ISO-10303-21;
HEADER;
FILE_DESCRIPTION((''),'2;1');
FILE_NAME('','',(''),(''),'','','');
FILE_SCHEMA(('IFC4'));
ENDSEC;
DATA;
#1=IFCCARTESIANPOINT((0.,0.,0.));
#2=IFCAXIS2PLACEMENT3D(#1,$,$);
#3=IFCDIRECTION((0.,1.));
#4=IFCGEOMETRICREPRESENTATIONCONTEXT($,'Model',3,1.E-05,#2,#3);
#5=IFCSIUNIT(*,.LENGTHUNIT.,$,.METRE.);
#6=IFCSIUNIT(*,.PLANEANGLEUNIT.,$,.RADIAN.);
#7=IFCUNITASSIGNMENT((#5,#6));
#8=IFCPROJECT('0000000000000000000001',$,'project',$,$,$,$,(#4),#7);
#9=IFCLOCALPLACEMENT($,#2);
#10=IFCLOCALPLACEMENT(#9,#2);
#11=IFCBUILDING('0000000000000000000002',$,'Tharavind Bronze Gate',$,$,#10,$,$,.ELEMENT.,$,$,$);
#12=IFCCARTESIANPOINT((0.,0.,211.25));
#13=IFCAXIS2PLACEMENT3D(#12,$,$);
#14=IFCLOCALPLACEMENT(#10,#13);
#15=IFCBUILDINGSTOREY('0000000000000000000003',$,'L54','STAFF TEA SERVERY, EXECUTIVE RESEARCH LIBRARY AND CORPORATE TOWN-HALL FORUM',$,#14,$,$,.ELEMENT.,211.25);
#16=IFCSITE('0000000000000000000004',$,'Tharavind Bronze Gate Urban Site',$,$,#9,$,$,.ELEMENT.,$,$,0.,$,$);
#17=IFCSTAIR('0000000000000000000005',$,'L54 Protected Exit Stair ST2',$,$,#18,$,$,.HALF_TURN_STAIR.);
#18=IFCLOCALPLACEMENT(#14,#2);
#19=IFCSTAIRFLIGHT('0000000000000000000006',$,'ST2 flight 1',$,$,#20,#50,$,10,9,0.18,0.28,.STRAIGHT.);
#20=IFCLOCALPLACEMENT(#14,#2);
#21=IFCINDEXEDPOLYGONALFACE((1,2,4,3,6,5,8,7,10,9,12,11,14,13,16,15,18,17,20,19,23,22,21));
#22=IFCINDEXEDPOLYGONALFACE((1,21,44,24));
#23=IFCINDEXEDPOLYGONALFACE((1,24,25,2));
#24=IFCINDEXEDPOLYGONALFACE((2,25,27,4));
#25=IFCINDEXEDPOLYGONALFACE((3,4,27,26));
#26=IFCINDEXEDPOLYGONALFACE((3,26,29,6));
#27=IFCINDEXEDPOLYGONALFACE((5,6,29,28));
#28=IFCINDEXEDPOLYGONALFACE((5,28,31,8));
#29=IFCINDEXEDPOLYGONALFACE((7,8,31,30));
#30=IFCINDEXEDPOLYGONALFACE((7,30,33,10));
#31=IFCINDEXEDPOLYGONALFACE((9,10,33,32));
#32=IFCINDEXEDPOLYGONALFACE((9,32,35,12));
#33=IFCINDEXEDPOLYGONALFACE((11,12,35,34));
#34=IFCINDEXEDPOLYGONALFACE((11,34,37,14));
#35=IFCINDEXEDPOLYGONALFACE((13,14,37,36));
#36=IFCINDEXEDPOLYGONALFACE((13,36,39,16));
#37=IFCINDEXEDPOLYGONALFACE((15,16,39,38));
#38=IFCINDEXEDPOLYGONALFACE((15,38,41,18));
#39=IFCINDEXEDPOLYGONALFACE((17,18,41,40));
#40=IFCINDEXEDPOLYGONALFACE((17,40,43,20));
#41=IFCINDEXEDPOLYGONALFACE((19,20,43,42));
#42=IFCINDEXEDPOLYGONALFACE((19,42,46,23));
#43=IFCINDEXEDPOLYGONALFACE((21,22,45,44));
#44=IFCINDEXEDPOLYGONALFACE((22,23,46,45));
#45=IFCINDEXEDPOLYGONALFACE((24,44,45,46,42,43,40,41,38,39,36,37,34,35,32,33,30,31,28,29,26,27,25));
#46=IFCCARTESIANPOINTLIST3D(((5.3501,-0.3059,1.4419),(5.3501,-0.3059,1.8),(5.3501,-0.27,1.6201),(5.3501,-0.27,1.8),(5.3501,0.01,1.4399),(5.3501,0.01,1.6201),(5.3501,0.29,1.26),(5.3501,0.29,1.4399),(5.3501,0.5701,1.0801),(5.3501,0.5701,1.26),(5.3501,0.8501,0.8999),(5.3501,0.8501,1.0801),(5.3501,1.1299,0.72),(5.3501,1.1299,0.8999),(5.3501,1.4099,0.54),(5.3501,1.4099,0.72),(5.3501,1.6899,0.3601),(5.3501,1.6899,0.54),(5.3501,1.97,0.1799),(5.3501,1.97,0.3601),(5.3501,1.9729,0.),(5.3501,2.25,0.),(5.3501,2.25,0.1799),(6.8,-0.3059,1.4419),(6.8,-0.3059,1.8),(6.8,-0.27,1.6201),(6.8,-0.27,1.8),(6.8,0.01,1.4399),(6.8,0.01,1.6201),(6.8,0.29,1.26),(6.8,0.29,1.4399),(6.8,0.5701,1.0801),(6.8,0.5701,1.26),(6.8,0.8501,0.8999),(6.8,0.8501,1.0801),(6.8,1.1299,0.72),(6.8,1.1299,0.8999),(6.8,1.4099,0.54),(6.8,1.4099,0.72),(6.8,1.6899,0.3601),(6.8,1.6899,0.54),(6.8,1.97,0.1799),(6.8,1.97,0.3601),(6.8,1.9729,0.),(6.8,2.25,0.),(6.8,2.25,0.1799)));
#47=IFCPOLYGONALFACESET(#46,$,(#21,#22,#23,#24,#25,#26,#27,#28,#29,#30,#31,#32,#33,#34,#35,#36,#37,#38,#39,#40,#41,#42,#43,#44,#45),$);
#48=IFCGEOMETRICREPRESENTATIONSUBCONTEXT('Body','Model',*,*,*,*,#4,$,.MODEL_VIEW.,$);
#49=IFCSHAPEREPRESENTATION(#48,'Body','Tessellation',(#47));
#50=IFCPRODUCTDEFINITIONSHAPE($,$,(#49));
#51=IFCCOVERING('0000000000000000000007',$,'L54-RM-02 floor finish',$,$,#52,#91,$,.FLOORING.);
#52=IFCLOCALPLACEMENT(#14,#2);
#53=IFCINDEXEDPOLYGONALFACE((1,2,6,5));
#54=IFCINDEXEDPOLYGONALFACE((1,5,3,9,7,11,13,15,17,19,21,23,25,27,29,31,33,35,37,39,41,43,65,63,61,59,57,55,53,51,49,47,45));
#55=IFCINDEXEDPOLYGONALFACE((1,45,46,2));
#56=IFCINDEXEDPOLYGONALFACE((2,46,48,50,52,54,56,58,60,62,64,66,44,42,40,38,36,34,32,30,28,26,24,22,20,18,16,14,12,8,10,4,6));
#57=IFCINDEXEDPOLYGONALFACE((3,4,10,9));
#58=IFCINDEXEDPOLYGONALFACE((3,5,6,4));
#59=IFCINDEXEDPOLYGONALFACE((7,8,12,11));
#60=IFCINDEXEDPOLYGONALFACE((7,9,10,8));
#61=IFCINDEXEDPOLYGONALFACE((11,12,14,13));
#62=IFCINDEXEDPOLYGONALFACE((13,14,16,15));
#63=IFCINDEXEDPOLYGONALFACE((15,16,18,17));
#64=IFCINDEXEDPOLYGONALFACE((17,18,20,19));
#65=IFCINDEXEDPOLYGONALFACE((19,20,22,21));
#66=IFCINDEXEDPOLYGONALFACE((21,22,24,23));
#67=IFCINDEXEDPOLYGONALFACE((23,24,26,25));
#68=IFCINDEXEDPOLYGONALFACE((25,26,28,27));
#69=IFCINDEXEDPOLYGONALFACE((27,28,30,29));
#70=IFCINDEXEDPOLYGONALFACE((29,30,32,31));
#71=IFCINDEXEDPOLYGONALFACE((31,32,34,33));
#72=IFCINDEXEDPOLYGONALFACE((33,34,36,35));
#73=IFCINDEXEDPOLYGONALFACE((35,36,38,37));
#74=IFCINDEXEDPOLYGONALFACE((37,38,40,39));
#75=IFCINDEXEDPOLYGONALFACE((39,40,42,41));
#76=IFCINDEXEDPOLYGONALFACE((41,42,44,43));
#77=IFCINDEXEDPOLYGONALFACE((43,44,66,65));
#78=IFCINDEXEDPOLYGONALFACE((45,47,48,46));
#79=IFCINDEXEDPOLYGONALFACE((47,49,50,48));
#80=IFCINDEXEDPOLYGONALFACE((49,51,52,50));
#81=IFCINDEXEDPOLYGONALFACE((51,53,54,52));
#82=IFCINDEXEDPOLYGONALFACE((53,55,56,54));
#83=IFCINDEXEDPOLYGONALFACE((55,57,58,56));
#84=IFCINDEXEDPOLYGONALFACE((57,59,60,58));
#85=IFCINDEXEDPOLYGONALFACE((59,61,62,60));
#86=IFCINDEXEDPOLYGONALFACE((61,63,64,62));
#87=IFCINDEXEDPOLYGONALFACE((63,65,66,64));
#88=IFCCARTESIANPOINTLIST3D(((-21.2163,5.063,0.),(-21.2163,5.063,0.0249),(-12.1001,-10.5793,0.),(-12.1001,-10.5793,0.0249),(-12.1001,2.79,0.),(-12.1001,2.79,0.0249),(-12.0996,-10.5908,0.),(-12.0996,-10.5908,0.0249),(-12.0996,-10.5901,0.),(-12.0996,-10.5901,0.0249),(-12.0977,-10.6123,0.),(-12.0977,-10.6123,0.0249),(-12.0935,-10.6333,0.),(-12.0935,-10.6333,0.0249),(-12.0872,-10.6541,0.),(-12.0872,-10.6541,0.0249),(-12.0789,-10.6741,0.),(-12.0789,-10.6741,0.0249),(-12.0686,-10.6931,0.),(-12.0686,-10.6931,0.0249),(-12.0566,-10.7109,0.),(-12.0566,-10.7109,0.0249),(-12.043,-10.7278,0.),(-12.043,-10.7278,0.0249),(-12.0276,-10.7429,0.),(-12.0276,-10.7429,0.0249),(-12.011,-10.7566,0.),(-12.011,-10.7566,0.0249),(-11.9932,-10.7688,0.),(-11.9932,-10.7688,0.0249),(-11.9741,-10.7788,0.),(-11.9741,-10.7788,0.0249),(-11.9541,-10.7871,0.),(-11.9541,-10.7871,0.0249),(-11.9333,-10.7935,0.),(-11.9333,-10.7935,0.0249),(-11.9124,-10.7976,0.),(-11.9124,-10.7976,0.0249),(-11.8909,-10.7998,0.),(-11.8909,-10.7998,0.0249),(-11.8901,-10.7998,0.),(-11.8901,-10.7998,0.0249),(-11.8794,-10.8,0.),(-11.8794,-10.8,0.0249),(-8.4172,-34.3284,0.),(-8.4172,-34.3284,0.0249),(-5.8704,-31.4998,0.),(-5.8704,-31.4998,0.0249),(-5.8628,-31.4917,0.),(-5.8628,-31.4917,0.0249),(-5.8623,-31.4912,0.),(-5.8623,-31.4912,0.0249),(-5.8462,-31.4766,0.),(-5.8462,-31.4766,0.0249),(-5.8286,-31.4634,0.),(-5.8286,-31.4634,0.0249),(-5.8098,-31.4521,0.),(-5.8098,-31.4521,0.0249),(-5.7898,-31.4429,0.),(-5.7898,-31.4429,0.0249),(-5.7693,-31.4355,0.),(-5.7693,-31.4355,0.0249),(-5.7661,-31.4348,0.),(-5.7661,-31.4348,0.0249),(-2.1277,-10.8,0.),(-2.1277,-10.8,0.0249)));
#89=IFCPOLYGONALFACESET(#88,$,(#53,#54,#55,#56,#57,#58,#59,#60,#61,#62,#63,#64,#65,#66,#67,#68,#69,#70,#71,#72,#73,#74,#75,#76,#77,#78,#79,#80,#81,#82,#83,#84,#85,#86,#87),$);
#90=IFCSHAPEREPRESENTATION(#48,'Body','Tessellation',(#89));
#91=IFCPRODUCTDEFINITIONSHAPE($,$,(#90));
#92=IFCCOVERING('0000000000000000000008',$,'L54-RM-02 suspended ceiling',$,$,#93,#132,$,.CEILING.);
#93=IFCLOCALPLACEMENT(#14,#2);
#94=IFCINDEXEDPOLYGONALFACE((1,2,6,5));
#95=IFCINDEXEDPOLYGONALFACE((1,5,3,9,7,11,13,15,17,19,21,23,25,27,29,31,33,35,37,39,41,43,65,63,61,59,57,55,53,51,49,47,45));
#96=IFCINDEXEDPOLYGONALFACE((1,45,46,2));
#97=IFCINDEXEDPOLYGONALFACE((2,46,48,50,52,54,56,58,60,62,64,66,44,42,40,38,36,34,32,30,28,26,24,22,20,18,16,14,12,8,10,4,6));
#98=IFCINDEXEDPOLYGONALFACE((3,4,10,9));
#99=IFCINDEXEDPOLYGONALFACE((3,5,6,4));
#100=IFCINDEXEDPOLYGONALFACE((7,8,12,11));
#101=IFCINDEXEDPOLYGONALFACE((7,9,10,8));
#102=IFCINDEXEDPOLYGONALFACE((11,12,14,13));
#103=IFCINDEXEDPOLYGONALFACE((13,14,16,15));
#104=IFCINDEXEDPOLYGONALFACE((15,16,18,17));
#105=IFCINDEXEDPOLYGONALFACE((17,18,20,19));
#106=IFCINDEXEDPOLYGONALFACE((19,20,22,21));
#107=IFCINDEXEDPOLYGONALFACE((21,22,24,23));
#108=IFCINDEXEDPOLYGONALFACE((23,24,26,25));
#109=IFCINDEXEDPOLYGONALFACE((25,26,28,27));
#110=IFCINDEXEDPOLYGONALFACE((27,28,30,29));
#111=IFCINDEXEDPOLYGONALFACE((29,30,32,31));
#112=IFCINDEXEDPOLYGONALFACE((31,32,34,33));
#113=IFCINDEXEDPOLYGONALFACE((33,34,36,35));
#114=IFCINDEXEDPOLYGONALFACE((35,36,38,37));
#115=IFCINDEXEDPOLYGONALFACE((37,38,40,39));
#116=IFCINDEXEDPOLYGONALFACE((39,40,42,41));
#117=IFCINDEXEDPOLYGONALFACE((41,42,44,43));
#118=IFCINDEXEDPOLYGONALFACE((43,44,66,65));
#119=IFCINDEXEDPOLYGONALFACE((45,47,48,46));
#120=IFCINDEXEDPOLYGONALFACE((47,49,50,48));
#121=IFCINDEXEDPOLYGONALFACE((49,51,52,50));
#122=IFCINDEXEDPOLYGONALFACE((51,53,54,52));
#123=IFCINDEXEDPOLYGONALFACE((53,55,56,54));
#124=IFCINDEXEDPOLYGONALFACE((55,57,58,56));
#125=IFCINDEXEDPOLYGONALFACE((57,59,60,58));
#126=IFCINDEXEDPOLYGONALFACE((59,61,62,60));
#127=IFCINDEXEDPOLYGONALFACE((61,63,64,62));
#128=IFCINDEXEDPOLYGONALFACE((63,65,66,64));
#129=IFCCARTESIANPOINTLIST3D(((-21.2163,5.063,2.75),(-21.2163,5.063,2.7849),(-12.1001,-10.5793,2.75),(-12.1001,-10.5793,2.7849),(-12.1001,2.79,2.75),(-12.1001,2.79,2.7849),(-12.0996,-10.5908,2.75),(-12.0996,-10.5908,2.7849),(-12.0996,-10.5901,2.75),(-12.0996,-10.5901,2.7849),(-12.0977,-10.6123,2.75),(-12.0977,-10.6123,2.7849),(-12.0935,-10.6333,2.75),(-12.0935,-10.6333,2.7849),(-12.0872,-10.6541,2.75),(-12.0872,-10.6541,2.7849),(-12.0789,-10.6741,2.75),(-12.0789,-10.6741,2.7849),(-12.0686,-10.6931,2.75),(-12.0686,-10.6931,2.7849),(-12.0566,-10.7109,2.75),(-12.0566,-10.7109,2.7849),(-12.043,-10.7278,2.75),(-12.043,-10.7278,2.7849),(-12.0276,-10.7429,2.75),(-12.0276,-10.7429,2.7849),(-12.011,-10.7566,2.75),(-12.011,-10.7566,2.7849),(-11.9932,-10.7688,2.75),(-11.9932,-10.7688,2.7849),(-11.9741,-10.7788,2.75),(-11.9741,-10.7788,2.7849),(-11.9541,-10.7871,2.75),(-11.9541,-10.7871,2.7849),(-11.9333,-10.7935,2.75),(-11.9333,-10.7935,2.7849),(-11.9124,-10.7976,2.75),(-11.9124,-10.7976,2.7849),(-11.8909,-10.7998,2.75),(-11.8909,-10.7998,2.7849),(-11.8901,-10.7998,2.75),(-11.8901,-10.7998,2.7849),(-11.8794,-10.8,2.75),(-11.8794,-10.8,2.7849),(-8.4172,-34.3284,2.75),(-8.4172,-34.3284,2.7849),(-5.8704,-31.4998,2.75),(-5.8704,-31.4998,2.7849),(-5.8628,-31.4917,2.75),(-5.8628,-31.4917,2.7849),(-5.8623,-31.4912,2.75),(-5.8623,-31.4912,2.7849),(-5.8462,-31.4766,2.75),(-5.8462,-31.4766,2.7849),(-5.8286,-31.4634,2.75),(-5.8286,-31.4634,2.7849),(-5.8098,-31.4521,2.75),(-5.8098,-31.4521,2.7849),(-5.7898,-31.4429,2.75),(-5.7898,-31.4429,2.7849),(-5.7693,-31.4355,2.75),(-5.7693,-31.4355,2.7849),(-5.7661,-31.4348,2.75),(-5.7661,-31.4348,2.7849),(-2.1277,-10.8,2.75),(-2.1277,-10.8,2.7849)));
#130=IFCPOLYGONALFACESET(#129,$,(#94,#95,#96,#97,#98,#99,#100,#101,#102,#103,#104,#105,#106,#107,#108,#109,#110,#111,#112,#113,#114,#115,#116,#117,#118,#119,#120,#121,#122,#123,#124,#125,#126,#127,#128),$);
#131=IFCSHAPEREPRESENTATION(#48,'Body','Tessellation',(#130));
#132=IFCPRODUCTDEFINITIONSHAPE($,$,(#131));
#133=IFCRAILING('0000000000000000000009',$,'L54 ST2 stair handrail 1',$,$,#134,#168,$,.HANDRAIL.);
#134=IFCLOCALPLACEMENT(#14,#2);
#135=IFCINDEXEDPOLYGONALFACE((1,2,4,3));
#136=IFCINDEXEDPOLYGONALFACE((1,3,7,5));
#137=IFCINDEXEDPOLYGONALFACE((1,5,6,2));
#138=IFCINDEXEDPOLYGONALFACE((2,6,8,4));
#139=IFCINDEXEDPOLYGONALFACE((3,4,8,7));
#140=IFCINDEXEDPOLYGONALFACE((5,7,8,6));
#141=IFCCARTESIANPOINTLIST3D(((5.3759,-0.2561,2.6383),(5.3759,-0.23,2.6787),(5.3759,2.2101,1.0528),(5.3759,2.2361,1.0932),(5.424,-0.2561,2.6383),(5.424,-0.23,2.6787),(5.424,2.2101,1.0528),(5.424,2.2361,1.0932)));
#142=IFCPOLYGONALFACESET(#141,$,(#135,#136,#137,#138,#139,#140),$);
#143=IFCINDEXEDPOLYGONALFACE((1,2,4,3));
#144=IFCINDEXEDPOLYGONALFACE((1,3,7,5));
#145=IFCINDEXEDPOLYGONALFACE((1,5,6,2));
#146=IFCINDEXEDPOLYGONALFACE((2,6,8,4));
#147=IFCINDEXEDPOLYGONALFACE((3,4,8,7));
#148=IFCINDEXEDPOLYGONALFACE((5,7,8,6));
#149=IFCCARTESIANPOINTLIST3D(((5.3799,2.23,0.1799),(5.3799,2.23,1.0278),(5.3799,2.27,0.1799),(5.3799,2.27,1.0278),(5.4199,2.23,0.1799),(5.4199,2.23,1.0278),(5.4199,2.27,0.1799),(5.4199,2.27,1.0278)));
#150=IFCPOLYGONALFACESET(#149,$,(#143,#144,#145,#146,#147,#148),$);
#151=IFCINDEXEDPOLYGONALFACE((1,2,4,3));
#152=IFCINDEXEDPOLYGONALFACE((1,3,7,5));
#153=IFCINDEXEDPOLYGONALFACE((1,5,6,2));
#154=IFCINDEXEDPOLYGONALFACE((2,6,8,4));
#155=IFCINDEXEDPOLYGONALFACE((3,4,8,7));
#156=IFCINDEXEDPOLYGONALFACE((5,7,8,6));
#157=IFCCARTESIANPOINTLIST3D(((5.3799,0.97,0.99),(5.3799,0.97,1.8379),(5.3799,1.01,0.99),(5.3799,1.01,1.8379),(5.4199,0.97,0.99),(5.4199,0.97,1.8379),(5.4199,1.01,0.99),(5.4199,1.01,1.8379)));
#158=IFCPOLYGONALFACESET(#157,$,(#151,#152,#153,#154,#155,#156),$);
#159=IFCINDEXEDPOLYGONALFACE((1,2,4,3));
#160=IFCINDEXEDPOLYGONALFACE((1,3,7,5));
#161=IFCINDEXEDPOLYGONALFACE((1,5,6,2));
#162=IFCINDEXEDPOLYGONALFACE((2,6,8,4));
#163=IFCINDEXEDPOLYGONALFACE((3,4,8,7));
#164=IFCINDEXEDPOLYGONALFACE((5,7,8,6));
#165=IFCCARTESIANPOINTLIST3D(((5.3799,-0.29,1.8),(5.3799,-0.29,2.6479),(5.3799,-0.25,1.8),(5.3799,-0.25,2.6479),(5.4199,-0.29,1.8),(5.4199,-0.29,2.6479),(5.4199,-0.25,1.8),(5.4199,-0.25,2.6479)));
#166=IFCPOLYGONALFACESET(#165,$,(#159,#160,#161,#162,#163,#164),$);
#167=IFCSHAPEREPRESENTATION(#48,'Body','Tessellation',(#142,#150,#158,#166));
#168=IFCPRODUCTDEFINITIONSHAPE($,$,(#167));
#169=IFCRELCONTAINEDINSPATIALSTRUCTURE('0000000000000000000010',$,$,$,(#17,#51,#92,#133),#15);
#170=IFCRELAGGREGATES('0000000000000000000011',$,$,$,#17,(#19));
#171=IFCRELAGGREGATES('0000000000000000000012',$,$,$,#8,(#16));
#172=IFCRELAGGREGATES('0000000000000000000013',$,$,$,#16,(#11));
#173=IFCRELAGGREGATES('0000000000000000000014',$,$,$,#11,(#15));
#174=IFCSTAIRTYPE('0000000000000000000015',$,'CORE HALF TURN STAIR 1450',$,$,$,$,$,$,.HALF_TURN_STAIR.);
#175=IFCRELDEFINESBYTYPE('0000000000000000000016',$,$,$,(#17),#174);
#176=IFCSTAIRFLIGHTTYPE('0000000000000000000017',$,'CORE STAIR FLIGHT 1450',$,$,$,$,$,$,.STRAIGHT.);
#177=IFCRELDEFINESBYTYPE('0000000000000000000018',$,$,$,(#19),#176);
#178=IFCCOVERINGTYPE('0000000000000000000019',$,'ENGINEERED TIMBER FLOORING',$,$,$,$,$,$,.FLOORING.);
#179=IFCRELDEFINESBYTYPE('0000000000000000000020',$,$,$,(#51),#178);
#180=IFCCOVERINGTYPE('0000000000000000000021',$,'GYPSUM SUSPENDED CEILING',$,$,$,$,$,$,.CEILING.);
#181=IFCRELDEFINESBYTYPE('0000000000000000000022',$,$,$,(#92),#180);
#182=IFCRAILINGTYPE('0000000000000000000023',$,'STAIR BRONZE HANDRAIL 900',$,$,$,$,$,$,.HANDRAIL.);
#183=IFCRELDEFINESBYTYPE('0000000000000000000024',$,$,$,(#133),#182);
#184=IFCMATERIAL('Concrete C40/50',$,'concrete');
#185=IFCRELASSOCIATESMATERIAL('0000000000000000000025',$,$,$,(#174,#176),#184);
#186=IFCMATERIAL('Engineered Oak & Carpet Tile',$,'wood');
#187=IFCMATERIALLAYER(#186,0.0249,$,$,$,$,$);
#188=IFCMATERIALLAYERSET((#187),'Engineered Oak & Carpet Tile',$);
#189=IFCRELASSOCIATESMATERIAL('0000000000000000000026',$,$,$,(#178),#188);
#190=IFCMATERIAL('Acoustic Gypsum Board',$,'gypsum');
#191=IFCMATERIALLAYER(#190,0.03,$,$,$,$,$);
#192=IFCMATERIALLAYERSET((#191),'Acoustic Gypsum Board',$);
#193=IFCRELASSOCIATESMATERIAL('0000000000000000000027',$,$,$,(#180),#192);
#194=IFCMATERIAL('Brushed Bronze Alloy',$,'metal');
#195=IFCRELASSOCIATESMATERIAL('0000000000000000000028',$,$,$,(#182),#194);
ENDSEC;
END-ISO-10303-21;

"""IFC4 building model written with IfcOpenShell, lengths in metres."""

from ifc_helpers import new_model, si_unit, direction, frame, origin, origin_2d, place, context, subcontext, project, spatial, polyline, rectangle, outline, extrude, material, layer, layer_set, type_object, element, aggregate, save


model = new_model("IFC4")

# Units and contexts
model_context = context("Model", 3, precision=1e-05, world=origin(), true_north=direction((0.0, 1.0)))
body_context = subcontext(model_context, "Body", "Model", "MODEL_VIEW")
ifc_project = project(units=[si_unit("LENGTHUNIT", "METRE"), si_unit("PLANEANGLEUNIT", "RADIAN")], contexts=[model_context])

# Site, building, storey
site_placement = place(None, origin())
site = spatial("IfcSite", under=ifc_project, at=site_placement, Name="Tharavind Bronze Gate Urban Site", CompositionType="ELEMENT", RefElevation=0.0)
building_placement = place(site_placement, origin())
building = spatial("IfcBuilding", under=site, at=building_placement, Name="Tharavind Bronze Gate", CompositionType="ELEMENT")
storey_placement = place(building_placement, frame((0.0, 0.0, 211.25)))
storey = spatial("IfcBuildingStorey", under=building, at=storey_placement, Name="L54", Description="STAFF TEA SERVERY, EXECUTIVE RESEARCH LIBRARY AND CORPORATE TOWN-HALL FORUM", CompositionType="ELEMENT", Elevation=211.25)

# Shared definitions
ifc_material_1 = material(Name="Concrete C40/50", Category="concrete")

# Stair, stair flight
stair_type = type_object("IfcStairType", Name="CORE HALF TURN STAIR 1450", PredefinedType="HALF_TURN_STAIR", material=ifc_material_1)
stair_placement = place(storey_placement, origin())
stair = element("IfcStair", 1, at=stair_placement, inside=storey, type_object=stair_type, Name="L54 Protected Exit Stair ST2", PredefinedType="HALF_TURN_STAIR")
stair_flight_type = type_object("IfcStairFlightType", Name="CORE STAIR FLIGHT 1450", PredefinedType="STRAIGHT", material=ifc_material_1)
stair_flight_placement = place(storey_placement, frame((6.075, 2.25, 0.0), z_axis=(0.0, 0.0, 1.0), x_axis=(0.0, -1.0, 0.0)))
stair_flight = element("IfcStairFlight", 2, at=stair_flight_placement, type_object=stair_flight_type, Name="ST2 flight 1", NumberOfRisers=10, NumberOfTreads=9, PredefinedType="STRAIGHT", RiserHeight=0.18, TreadLength=0.28, context=body_context, shape_type="SweptSolid", body=[
    extrude(outline(polyline([(0.0, 0.0), (0.0, 0.1799), (0.28, 0.1799), (0.28, 0.3601), (0.5601, 0.3601), (0.5601, 0.54), (0.8401, 0.54), (0.8401, 0.72), (1.1201, 0.72), (1.1201, 0.8999), (1.3999, 0.8999), (1.3999, 1.0801), (1.6799, 1.0801), (1.6799, 1.26), (1.96, 1.26), (1.96, 1.4399), (2.24, 1.4399), (2.24, 1.6201), (2.52, 1.6201), (2.52, 1.8), (2.5559, 1.8), (2.5559, 1.4419), (0.2771, 0.0), (0.0, 0.0)])), frame((0.0, 0.7251, 0.0), z_axis=(0.0, -1.0, 0.0), x_axis=(1.0, 0.0, 0.0)), (0.0, 0.0, 1.0), 1.45),
])
aggregate(stair, [stair_flight])

# Coverings
ifc_material_2 = material(Name="Engineered Oak & Carpet Tile", Category="wood")
ifc_layer_1 = layer(ifc_material_2, 0.0249)
ifc_layer_set_1 = layer_set([ifc_layer_1], Name="Engineered Oak & Carpet Tile")
covering_type_1 = type_object("IfcCoveringType", Name="ENGINEERED TIMBER FLOORING", PredefinedType="FLOORING", material=ifc_layer_set_1)
covering_1_placement = place(storey_placement, origin())
element("IfcCovering", 3, at=covering_1_placement, inside=storey, type_object=covering_type_1, Name="L54-RM-02 floor finish", PredefinedType="FLOORING", context=body_context, shape_type="SweptSolid", body=[
    extrude(outline(polyline([(-8.4172, -34.3284), (-5.8704, -31.4998), (-5.8628, -31.4917), (-5.8623, -31.4912), (-5.8462, -31.4766), (-5.8286, -31.4634), (-5.8098, -31.4521), (-5.7898, -31.4429), (-5.7693, -31.4355), (-5.7661, -31.4348), (-2.1277, -10.8), (-11.8794, -10.8), (-11.8901, -10.7998), (-11.8909, -10.7998), (-11.9124, -10.7976), (-11.9333, -10.7935), (-11.9541, -10.7871), (-11.9741, -10.7788), (-11.9932, -10.7688), (-12.011, -10.7566), (-12.0276, -10.7429), (-12.043, -10.7278), (-12.0566, -10.7109), (-12.0686, -10.6931), (-12.0789, -10.6741), (-12.0872, -10.6541), (-12.0935, -10.6333), (-12.0977, -10.6123), (-12.0996, -10.5908), (-12.0996, -10.5901), (-12.1001, -10.5793), (-12.1001, 2.79), (-21.2163, 5.063), (-8.4172, -34.3284)])), origin(), (0.0, 0.0, 1.0), 0.0249),
])
ifc_material_3 = material(Name="Acoustic Gypsum Board", Category="gypsum")
ifc_layer_2 = layer(ifc_material_3, 0.03)
ifc_layer_set_2 = layer_set([ifc_layer_2], Name="Acoustic Gypsum Board")
covering_type_2 = type_object("IfcCoveringType", Name="GYPSUM SUSPENDED CEILING", PredefinedType="CEILING", material=ifc_layer_set_2)
covering_2_placement = place(storey_placement, frame((0.0, 0.0, 2.75)))
element("IfcCovering", 4, at=covering_2_placement, inside=storey, type_object=covering_type_2, Name="L54-RM-02 suspended ceiling", PredefinedType="CEILING", context=body_context, shape_type="SweptSolid", body=[
    extrude(outline(polyline([(-8.4172, -34.3284), (-5.8704, -31.4998), (-5.8628, -31.4917), (-5.8623, -31.4912), (-5.8462, -31.4766), (-5.8286, -31.4634), (-5.8098, -31.4521), (-5.7898, -31.4429), (-5.7693, -31.4355), (-5.7661, -31.4348), (-2.1277, -10.8), (-11.8794, -10.8), (-11.8901, -10.7998), (-11.8909, -10.7998), (-11.9124, -10.7976), (-11.9333, -10.7935), (-11.9541, -10.7871), (-11.9741, -10.7788), (-11.9932, -10.7688), (-12.011, -10.7566), (-12.0276, -10.7429), (-12.043, -10.7278), (-12.0566, -10.7109), (-12.0686, -10.6931), (-12.0789, -10.6741), (-12.0872, -10.6541), (-12.0935, -10.6333), (-12.0977, -10.6123), (-12.0996, -10.5908), (-12.0996, -10.5901), (-12.1001, -10.5793), (-12.1001, 2.79), (-21.2163, 5.063), (-8.4172, -34.3284)])), origin(), (0.0, 0.0, 1.0), 0.0349),
])

# Railing
ifc_material_4 = material(Name="Brushed Bronze Alloy", Category="metal")
railing_type_1 = type_object("IfcRailingType", Name="STAIR BRONZE HANDRAIL 900", PredefinedType="HANDRAIL", material=ifc_material_4)
railing_1_placement = place(storey_placement, frame((5.3999, 2.25, 0.1799)))
element("IfcRailing", 5, at=railing_1_placement, inside=storey, type_object=railing_type_1, Name="L54 ST2 stair handrail 1", PredefinedType="HANDRAIL", context=body_context, shape_type="SweptSolid", body=[
    extrude(rectangle(XDim=0.0481, YDim=0.0481, at=origin_2d()), frame((0.0, -0.0269, 0.8931), z_axis=(0.0, -0.841163, 0.540782), x_axis=(1.0, 0.0, 0.0)), (0.0, 0.0, 1.0), 2.9319),
    extrude(rectangle(XDim=0.04, YDim=0.04, at=origin_2d()), origin(), (0.0, 0.0, 1.0), 0.8479),
    extrude(rectangle(XDim=0.04, YDim=0.04, at=origin_2d()), frame((0.0, -1.26, 0.8101)), (0.0, 0.0, 1.0), 0.8479),
    extrude(rectangle(XDim=0.04, YDim=0.04, at=origin_2d()), frame((0.0, -2.52, 1.6201)), (0.0, 0.0, 1.0), 0.8479),
])

save(model, "model.ifc")
